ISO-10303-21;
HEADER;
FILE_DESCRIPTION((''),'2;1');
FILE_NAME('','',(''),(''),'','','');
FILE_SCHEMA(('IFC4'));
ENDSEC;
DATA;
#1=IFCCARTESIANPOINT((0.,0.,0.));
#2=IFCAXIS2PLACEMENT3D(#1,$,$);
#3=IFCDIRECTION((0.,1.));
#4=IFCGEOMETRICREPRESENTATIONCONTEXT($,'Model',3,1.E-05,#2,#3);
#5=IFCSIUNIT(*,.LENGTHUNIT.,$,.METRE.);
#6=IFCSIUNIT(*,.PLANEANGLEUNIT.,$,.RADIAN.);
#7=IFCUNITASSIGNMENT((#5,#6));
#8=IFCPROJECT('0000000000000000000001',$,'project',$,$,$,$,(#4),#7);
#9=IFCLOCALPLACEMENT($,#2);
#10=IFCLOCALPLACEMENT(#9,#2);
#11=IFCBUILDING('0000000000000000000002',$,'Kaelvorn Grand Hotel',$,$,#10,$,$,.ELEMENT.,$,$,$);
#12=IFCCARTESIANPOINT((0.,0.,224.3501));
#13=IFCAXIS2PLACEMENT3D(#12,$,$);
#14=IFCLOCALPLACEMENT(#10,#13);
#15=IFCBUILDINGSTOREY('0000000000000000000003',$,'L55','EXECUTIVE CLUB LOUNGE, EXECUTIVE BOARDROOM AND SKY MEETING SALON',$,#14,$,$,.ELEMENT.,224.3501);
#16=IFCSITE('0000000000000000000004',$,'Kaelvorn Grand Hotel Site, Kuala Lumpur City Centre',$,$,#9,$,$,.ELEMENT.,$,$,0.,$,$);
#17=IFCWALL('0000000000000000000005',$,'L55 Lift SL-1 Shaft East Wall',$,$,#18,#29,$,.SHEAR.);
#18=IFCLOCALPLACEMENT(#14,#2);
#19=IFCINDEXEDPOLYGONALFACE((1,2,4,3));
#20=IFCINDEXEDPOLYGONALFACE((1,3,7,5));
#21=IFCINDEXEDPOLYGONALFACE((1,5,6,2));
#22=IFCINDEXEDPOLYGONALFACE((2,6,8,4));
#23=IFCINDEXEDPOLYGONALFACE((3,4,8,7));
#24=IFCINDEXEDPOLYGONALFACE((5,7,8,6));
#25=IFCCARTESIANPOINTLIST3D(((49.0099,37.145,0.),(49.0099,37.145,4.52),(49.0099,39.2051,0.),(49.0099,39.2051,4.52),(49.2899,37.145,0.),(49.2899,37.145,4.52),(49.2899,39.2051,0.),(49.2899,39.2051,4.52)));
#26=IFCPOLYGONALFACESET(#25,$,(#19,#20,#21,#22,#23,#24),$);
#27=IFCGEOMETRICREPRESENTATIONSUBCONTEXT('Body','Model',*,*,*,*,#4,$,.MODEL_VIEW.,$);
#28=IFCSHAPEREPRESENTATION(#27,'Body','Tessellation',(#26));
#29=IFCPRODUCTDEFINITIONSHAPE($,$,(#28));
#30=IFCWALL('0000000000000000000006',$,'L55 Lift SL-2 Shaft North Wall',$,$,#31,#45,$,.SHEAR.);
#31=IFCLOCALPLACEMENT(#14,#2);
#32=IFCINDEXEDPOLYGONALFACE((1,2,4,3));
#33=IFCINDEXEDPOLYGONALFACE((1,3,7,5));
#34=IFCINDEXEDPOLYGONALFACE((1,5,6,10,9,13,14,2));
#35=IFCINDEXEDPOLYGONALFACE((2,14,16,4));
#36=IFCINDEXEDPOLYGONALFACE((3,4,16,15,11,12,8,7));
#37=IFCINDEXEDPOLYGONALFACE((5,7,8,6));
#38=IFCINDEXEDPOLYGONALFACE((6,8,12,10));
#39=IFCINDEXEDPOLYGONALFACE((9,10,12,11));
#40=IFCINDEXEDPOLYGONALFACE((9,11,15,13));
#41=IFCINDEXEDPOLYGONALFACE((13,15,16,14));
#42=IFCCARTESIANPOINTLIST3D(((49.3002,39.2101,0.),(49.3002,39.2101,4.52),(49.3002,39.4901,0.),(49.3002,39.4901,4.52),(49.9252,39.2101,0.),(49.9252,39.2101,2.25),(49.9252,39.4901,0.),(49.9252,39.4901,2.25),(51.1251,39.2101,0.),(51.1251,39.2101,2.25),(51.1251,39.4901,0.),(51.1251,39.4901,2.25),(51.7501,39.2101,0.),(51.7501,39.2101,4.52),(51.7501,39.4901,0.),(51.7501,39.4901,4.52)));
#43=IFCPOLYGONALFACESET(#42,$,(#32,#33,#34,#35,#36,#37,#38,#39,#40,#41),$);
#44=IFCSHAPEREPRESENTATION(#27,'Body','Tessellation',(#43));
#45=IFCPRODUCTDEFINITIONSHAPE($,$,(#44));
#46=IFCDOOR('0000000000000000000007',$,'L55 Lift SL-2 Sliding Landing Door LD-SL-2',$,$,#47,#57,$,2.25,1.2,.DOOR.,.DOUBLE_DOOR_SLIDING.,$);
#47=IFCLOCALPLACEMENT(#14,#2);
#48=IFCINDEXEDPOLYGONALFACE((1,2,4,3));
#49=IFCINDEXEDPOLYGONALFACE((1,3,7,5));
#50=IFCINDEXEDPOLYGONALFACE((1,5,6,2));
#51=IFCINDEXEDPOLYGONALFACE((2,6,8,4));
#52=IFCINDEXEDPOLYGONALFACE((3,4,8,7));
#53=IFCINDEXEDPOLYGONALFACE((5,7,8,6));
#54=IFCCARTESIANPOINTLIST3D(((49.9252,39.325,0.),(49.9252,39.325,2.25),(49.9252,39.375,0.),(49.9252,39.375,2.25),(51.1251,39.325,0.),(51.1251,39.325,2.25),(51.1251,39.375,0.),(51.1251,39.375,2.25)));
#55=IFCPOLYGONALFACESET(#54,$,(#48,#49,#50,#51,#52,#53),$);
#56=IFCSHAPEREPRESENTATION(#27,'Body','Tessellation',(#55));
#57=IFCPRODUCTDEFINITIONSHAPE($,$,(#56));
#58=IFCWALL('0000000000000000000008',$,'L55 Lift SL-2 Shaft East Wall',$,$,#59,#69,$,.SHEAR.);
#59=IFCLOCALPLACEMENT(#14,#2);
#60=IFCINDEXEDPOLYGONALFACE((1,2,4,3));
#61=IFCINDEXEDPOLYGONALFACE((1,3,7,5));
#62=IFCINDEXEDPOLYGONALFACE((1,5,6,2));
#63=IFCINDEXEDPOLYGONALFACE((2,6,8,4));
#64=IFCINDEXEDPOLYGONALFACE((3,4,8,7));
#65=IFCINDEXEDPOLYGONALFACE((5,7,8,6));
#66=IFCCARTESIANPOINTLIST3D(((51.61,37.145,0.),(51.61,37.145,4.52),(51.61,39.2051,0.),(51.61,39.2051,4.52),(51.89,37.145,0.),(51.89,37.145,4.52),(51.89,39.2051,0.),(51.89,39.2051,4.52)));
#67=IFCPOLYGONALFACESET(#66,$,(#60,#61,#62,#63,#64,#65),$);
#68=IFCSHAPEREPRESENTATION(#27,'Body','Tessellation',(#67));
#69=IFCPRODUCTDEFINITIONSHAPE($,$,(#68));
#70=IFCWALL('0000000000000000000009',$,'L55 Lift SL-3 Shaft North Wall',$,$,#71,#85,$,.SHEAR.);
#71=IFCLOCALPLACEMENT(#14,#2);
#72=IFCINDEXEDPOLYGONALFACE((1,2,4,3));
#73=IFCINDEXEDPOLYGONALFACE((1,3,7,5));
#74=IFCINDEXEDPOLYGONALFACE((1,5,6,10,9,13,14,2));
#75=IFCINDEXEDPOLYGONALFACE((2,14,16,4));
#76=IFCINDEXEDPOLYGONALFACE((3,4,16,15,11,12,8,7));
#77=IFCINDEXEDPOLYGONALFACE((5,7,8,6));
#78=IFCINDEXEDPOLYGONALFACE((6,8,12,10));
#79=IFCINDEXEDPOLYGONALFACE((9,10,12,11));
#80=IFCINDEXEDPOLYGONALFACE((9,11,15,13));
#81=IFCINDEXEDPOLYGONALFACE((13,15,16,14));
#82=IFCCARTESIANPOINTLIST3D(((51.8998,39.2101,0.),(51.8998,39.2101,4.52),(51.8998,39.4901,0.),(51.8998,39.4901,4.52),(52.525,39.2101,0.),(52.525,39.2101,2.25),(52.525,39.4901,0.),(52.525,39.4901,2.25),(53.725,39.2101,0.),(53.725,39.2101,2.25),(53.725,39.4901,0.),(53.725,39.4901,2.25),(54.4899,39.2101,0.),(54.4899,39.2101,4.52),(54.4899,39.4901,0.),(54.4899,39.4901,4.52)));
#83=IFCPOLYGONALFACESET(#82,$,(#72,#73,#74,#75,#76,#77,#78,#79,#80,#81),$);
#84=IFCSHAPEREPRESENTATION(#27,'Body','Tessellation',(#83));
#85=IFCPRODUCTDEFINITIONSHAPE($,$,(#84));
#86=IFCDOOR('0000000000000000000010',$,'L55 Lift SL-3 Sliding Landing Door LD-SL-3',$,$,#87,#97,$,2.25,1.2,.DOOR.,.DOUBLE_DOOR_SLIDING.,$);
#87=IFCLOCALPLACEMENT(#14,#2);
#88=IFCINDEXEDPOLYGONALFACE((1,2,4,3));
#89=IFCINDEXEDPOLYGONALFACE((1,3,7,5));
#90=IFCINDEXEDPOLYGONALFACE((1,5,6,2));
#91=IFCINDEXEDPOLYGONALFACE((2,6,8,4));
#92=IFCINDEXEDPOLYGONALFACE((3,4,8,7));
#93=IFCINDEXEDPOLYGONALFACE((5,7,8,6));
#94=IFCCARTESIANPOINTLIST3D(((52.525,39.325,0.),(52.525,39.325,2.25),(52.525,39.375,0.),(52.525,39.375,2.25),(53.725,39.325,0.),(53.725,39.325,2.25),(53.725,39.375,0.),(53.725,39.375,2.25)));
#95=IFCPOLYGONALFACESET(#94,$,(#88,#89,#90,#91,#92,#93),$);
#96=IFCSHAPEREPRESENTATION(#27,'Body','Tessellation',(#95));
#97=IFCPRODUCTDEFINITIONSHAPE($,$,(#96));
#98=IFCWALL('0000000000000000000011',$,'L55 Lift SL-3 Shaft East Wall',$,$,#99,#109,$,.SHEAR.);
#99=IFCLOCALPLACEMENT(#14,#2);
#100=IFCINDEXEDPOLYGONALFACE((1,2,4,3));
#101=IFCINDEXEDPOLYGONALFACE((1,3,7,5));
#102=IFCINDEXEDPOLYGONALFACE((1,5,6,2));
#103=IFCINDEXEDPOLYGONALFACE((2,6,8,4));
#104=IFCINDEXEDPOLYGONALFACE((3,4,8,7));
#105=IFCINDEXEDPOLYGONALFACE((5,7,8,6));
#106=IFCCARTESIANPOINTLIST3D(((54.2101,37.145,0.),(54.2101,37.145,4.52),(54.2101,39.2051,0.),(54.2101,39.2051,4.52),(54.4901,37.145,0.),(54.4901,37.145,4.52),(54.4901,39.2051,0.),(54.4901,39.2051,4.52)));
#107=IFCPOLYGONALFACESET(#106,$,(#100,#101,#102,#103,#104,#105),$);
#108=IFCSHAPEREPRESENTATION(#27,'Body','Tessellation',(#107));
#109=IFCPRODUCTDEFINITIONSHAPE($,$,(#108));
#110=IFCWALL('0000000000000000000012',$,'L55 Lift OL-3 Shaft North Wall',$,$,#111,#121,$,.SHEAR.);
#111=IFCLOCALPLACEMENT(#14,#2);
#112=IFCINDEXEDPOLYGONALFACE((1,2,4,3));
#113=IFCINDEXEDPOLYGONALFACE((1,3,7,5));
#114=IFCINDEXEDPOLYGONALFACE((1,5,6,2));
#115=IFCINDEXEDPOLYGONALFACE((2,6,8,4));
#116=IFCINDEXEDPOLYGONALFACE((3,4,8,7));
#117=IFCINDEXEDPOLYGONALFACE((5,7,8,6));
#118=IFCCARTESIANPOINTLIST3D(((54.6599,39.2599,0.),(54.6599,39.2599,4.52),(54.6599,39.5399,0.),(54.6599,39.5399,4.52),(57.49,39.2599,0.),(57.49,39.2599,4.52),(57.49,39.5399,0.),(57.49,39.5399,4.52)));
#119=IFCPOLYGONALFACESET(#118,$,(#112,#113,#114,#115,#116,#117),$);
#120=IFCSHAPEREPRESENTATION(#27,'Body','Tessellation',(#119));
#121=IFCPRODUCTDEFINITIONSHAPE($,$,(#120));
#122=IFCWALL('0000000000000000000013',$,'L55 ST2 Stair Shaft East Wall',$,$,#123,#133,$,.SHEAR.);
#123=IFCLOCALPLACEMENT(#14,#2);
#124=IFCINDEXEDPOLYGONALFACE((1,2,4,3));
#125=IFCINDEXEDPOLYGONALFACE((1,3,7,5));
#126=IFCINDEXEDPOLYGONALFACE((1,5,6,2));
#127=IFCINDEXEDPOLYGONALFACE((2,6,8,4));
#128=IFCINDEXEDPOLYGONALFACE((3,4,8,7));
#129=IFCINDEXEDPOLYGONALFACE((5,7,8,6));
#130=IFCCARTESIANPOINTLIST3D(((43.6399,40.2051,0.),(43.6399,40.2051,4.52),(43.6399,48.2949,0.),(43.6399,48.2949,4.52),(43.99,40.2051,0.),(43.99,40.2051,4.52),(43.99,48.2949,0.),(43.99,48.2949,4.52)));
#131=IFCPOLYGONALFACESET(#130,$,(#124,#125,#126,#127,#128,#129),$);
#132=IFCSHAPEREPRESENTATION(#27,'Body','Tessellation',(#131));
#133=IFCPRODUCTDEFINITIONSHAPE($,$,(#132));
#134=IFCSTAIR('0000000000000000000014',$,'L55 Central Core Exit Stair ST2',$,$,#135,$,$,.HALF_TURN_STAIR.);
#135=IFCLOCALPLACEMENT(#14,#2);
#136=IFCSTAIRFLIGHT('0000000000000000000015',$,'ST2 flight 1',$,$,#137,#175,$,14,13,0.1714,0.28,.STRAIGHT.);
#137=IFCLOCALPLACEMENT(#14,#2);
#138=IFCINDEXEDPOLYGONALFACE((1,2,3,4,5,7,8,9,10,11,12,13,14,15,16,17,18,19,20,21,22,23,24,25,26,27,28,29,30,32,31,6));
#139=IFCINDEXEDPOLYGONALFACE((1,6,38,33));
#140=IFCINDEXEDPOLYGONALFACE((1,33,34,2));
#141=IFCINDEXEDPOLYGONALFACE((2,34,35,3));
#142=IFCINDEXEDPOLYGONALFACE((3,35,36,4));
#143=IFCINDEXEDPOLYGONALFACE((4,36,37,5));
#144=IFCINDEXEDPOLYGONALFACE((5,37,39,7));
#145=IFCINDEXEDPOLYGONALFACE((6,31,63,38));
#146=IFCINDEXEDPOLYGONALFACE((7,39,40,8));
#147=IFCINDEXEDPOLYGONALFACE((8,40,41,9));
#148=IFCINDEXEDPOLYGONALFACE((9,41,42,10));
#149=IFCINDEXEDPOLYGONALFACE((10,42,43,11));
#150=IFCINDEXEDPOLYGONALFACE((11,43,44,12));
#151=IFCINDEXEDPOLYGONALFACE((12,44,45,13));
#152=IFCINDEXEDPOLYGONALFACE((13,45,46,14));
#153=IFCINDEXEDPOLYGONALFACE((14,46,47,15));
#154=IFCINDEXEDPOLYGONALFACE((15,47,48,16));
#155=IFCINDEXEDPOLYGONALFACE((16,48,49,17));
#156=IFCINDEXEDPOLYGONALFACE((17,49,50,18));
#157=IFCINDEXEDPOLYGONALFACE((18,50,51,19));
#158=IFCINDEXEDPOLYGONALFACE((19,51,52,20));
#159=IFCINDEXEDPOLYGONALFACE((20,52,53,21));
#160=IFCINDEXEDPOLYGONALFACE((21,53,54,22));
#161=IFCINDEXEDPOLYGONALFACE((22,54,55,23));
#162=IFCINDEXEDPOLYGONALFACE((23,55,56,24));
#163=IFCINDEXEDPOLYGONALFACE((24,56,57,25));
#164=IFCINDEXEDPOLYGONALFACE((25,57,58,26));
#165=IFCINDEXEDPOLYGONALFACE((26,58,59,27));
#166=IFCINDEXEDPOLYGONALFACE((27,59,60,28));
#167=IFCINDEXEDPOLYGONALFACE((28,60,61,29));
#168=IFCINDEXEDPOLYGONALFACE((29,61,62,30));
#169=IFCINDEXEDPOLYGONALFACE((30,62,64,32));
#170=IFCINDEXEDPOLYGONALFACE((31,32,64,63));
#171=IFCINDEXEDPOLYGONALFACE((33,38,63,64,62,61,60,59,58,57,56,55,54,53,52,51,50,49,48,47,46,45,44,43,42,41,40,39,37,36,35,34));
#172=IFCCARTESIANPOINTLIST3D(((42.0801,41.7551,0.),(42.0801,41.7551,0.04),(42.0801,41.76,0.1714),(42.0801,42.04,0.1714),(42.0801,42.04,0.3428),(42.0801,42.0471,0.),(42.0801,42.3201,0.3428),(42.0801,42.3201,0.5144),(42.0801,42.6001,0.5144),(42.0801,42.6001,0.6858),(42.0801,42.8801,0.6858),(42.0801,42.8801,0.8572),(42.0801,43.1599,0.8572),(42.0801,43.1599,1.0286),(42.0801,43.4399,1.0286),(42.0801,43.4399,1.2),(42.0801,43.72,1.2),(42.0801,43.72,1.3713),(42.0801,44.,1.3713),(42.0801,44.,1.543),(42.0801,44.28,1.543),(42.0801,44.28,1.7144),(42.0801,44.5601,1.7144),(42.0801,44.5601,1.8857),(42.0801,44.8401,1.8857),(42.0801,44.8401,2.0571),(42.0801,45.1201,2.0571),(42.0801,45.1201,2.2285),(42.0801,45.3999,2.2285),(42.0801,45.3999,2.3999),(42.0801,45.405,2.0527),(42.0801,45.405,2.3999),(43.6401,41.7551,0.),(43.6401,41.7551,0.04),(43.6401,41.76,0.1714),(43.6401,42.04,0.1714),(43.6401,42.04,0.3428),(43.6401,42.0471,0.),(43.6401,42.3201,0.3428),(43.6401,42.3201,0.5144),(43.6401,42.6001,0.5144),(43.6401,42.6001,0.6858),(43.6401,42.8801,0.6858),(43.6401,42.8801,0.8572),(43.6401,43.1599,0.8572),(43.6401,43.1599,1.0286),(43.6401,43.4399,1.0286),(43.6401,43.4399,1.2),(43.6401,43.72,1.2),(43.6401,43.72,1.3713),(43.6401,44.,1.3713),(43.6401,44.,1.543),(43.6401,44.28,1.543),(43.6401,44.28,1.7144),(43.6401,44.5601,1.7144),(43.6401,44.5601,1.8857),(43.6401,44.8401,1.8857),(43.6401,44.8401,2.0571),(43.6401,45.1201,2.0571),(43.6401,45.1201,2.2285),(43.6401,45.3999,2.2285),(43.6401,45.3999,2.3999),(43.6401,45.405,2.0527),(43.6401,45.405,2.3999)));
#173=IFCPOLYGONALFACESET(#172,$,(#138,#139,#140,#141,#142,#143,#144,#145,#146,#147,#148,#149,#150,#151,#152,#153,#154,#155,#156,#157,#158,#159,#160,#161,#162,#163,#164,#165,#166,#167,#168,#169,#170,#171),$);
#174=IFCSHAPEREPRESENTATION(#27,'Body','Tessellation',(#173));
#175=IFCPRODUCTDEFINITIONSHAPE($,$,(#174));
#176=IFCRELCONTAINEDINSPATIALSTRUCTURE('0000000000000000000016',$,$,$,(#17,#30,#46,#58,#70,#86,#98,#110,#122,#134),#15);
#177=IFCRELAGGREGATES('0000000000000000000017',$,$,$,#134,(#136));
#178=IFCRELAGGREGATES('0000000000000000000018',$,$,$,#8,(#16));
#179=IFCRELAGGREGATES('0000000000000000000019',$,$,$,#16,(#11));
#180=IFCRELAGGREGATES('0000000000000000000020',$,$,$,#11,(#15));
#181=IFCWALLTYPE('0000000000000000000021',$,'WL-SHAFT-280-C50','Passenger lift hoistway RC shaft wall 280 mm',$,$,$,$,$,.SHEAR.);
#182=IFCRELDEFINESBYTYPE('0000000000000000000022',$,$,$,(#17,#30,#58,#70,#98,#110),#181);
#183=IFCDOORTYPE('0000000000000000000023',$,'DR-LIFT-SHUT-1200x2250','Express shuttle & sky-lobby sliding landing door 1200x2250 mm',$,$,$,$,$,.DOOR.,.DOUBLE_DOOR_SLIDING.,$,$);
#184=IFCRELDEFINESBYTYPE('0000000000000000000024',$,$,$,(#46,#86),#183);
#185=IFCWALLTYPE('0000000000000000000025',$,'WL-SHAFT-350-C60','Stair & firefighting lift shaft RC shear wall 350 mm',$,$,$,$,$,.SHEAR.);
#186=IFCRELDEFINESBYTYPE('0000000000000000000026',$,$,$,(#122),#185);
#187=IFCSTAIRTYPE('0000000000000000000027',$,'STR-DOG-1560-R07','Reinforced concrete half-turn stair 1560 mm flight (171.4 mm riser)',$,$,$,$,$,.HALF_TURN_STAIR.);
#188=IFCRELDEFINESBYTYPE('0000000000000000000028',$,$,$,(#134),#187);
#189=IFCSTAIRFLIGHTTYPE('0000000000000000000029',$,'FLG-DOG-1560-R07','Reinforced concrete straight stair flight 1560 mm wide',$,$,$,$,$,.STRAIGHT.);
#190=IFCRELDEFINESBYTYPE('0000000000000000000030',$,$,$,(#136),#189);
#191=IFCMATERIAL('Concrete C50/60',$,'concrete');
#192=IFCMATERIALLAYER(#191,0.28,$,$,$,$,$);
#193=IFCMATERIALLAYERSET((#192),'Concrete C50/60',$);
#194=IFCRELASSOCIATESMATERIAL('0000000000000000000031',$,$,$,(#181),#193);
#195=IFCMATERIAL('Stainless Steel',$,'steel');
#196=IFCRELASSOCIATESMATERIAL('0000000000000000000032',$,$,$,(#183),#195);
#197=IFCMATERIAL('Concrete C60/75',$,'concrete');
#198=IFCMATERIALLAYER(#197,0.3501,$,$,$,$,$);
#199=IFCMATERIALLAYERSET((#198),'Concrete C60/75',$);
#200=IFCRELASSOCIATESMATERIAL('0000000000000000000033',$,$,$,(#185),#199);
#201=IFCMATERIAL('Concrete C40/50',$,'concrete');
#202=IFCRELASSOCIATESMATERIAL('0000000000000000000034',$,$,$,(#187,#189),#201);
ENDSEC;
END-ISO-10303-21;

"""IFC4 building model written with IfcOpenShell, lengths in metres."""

from ifc_helpers import new_model, si_unit, direction, frame, frame_2d, origin, place, context, subcontext, project, spatial, polyline, rectangle, outline, extrude, material, layer, layer_set, type_object, element, fill, aggregate, save


model = new_model("IFC4")

# Units and contexts
model_context = context("Model", 3, precision=1e-05, world=origin(), true_north=direction((0.0, 1.0)))
body_context = subcontext(model_context, "Body", "Model", "MODEL_VIEW")
ifc_project = project(units=[si_unit("LENGTHUNIT", "METRE"), si_unit("PLANEANGLEUNIT", "RADIAN")], contexts=[model_context])

# Site, building, storey
site_placement = place(None, origin())
site = spatial("IfcSite", under=ifc_project, at=site_placement, Name="Kaelvorn Grand Hotel Site, Kuala Lumpur City Centre", CompositionType="ELEMENT", RefElevation=0.0)
building_placement = place(site_placement, origin())
building = spatial("IfcBuilding", under=site, at=building_placement, Name="Kaelvorn Grand Hotel", CompositionType="ELEMENT")
storey_placement = place(building_placement, frame((0.0, 0.0, 224.3501)))
storey = spatial("IfcBuildingStorey", under=building, at=storey_placement, Name="L55", Description="EXECUTIVE CLUB LOUNGE, EXECUTIVE BOARDROOM AND SKY MEETING SALON", CompositionType="ELEMENT", Elevation=224.3501)

# Shared definitions
ifc_material_1 = material(Name="Concrete C60/75", Category="concrete")

# Shared definitions
ifc_material_2 = material(Name="Concrete C50/60", Category="concrete")

# Shared definitions
ifc_layer_1 = layer(ifc_material_2, 0.28)
ifc_layer_set_1 = layer_set([ifc_layer_1], Name="Concrete C50/60")
wall_type_1 = type_object("IfcWallType", Name="WL-SHAFT-280-C50", Description="Passenger lift hoistway RC shaft wall 280 mm", PredefinedType="SHEAR", material=ifc_layer_set_1)
ifc_material_3 = material(Name="Stainless Steel", Category="steel")
door_type_1 = type_object("IfcDoorType", Name="DR-LIFT-SHUT-1200x2250", Description="Express shuttle & sky-lobby sliding landing door 1200x2250 mm", OperationType="DOUBLE_DOOR_SLIDING", PredefinedType="DOOR", material=ifc_material_3)

# Wall
wall_1_placement = place(storey_placement, frame((49.1499, 37.145, 0.0), z_axis=(0.0, 0.0, 1.0), x_axis=(0.0, 1.0, 0.0)))
element("IfcWall", 1, at=wall_1_placement, inside=storey, type_object=wall_type_1, Name="L55 Lift SL-1 Shaft East Wall", PredefinedType="SHEAR", context=body_context, shape_type="SweptSolid", body=[
    extrude(rectangle(XDim=2.0601, YDim=0.28, at=frame_2d((1.03, 0.0))), origin(), (0.0, 0.0, 1.0), 4.52),
])

# Wall, opening, door
wall_2_placement = place(storey_placement, frame((49.3, 39.3501, 0.0), z_axis=(0.0, 0.0, 1.0), x_axis=(1.0, 0.0, 0.0)))
wall_2 = element("IfcWall", 2, at=wall_2_placement, inside=storey, type_object=wall_type_1, Name="L55 Lift SL-2 Shaft North Wall", PredefinedType="SHEAR", context=body_context, shape_type="SweptSolid", body=[
    extrude(rectangle(XDim=2.45, YDim=0.28, at=frame_2d((1.2251, 0.0))), origin(), (0.0, 0.0, 1.0), 4.52),
])
opening_1_placement = place(wall_2_placement, frame((0.625, 0.0, 0.0)))
opening_1 = element("IfcOpeningElement", 3, at=opening_1_placement, cuts=wall_2, PredefinedType="OPENING", context=body_context, shape_type="SweptSolid", body=[
    extrude(rectangle(XDim=1.2, YDim=2.25, at=frame_2d((0.6001, 1.125))), frame((0.0, 0.1499, 0.0), z_axis=(0.0, -1.0, 0.0), x_axis=(1.0, 0.0, 0.0)), (0.0, 0.0, 1.0), 0.3),
])
door_1_placement = place(opening_1_placement, origin())
door_1 = element("IfcDoor", 4, at=door_1_placement, inside=storey, type_object=door_type_1, Name="L55 Lift SL-2 Sliding Landing Door LD-SL-2", OperationType="DOUBLE_DOOR_SLIDING", OverallHeight=2.25, OverallWidth=1.2, PredefinedType="DOOR", context=body_context, shape_type="SweptSolid", body=[
    extrude(rectangle(XDim=1.2, YDim=2.25, at=frame_2d((0.6001, 1.125))), frame((0.0, 0.0249, 0.0), z_axis=(0.0, -1.0, 0.0), x_axis=(1.0, 0.0, 0.0)), (0.0, 0.0, 1.0), 0.05),
])
fill(opening_1, door_1)

# Wall
wall_3_placement = place(storey_placement, frame((51.75, 37.145, 0.0), z_axis=(0.0, 0.0, 1.0), x_axis=(0.0, 1.0, 0.0)))
element("IfcWall", 5, at=wall_3_placement, inside=storey, type_object=wall_type_1, Name="L55 Lift SL-2 Shaft East Wall", PredefinedType="SHEAR", context=body_context, shape_type="SweptSolid", body=[
    extrude(rectangle(XDim=2.0601, YDim=0.28, at=frame_2d((1.03, 0.0))), origin(), (0.0, 0.0, 1.0), 4.52),
])

# Wall, opening, door
wall_4_placement = place(storey_placement, frame((51.8999, 39.3501, 0.0), z_axis=(0.0, 0.0, 1.0), x_axis=(1.0, 0.0, 0.0)))
wall_4 = element("IfcWall", 6, at=wall_4_placement, inside=storey, type_object=wall_type_1, Name="L55 Lift SL-3 Shaft North Wall", PredefinedType="SHEAR", context=body_context, shape_type="SweptSolid", body=[
    extrude(rectangle(XDim=2.5901, YDim=0.28, at=frame_2d((1.2949, 0.0))), origin(), (0.0, 0.0, 1.0), 4.52),
])
opening_2_placement = place(wall_4_placement, frame((0.625, 0.0, 0.0)))
opening_2 = element("IfcOpeningElement", 7, at=opening_2_placement, cuts=wall_4, PredefinedType="OPENING", context=body_context, shape_type="SweptSolid", body=[
    extrude(rectangle(XDim=1.2, YDim=2.25, at=frame_2d((0.6001, 1.125))), frame((0.0, 0.1499, 0.0), z_axis=(0.0, -1.0, 0.0), x_axis=(1.0, 0.0, 0.0)), (0.0, 0.0, 1.0), 0.3),
])
door_2_placement = place(opening_2_placement, origin())
door_2 = element("IfcDoor", 8, at=door_2_placement, inside=storey, type_object=door_type_1, Name="L55 Lift SL-3 Sliding Landing Door LD-SL-3", OperationType="DOUBLE_DOOR_SLIDING", OverallHeight=2.25, OverallWidth=1.2, PredefinedType="DOOR", context=body_context, shape_type="SweptSolid", body=[
    extrude(rectangle(XDim=1.2, YDim=2.25, at=frame_2d((0.6001, 1.125))), frame((0.0, 0.0249, 0.0), z_axis=(0.0, -1.0, 0.0), x_axis=(1.0, 0.0, 0.0)), (0.0, 0.0, 1.0), 0.05),
])
fill(opening_2, door_2)

# Walls
wall_5_placement = place(storey_placement, frame((54.3501, 37.145, 0.0), z_axis=(0.0, 0.0, 1.0), x_axis=(0.0, 1.0, 0.0)))
element("IfcWall", 9, at=wall_5_placement, inside=storey, type_object=wall_type_1, Name="L55 Lift SL-3 Shaft East Wall", PredefinedType="SHEAR", context=body_context, shape_type="SweptSolid", body=[
    extrude(rectangle(XDim=2.0601, YDim=0.28, at=frame_2d((1.03, 0.0))), origin(), (0.0, 0.0, 1.0), 4.52),
])
wall_6_placement = place(storey_placement, frame((54.6599, 39.3999, 0.0), z_axis=(0.0, 0.0, 1.0), x_axis=(1.0, 0.0, 0.0)))
element("IfcWall", 10, at=wall_6_placement, inside=storey, type_object=wall_type_1, Name="L55 Lift OL-3 Shaft North Wall", PredefinedType="SHEAR", context=body_context, shape_type="SweptSolid", body=[
    extrude(rectangle(XDim=2.8301, YDim=0.28, at=frame_2d((1.415, 0.0))), origin(), (0.0, 0.0, 1.0), 4.52),
])
ifc_layer_2 = layer(ifc_material_1, 0.3501)
ifc_layer_set_2 = layer_set([ifc_layer_2], Name="Concrete C60/75")
wall_type_2 = type_object("IfcWallType", Name="WL-SHAFT-350-C60", Description="Stair & firefighting lift shaft RC shear wall 350 mm", PredefinedType="SHEAR", material=ifc_layer_set_2)
wall_7_placement = place(storey_placement, frame((43.8149, 40.2051, 0.0), z_axis=(0.0, 0.0, 1.0), x_axis=(0.0, 1.0, 0.0)))
element("IfcWall", 11, at=wall_7_placement, inside=storey, type_object=wall_type_2, Name="L55 ST2 Stair Shaft East Wall", PredefinedType="SHEAR", context=body_context, shape_type="SweptSolid", body=[
    extrude(rectangle(XDim=8.0898, YDim=0.3501, at=frame_2d((4.0449, 0.0))), origin(), (0.0, 0.0, 1.0), 4.52),
])

# Stair, stair flight
ifc_material_4 = material(Name="Concrete C40/50", Category="concrete")
stair_type = type_object("IfcStairType", Name="STR-DOG-1560-R07", Description="Reinforced concrete half-turn stair 1560 mm flight (171.4 mm riser)", PredefinedType="HALF_TURN_STAIR", material=ifc_material_4)
stair_placement = place(storey_placement, origin())
stair = element("IfcStair", 12, at=stair_placement, inside=storey, type_object=stair_type, Name="L55 Central Core Exit Stair ST2", PredefinedType="HALF_TURN_STAIR")
stair_flight_type = type_object("IfcStairFlightType", Name="FLG-DOG-1560-R07", Description="Reinforced concrete straight stair flight 1560 mm wide", PredefinedType="STRAIGHT", material=ifc_material_4)
stair_flight_1_placement = place(storey_placement, frame((42.8601, 41.76, 0.0), z_axis=(0.0, 0.0, 1.0), x_axis=(0.0, 1.0, 0.0)))
stair_flight_1 = element("IfcStairFlight", 13, at=stair_flight_1_placement, type_object=stair_flight_type, Name="ST2 flight 1", NumberOfRisers=14, NumberOfTreads=13, PredefinedType="STRAIGHT", RiserHeight=0.1714, TreadLength=0.28, context=body_context, shape_type="SweptSolid", body=[
    extrude(outline(polyline([(-0.0049, 0.0), (-0.0049, 0.04), (0.0, 0.1714), (0.28, 0.1714), (0.28, 0.3428), (0.5601, 0.3428), (0.5601, 0.5144), (0.8401, 0.5144), (0.8401, 0.6858), (1.1201, 0.6858), (1.1201, 0.8572), (1.3999, 0.8572), (1.3999, 1.0286), (1.6799, 1.0286), (1.6799, 1.2), (1.96, 1.2), (1.96, 1.3713), (2.24, 1.3713), (2.24, 1.543), (2.52, 1.543), (2.52, 1.7144), (2.8, 1.7144), (2.8, 1.8857), (3.0801, 1.8857), (3.0801, 2.0571), (3.3601, 2.0571), (3.3601, 2.2285), (3.6399, 2.2285), (3.6399, 2.3999), (3.645, 2.3999), (3.645, 2.0527), (0.2871, 0.0), (-0.0049, 0.0)])), frame((0.0, 0.78, 0.0), z_axis=(0.0, -1.0, 0.0), x_axis=(1.0, 0.0, 0.0)), (0.0, 0.0, 1.0), 1.5601),
])
aggregate(stair, [stair_flight_1])

save(model, "model.ifc")
